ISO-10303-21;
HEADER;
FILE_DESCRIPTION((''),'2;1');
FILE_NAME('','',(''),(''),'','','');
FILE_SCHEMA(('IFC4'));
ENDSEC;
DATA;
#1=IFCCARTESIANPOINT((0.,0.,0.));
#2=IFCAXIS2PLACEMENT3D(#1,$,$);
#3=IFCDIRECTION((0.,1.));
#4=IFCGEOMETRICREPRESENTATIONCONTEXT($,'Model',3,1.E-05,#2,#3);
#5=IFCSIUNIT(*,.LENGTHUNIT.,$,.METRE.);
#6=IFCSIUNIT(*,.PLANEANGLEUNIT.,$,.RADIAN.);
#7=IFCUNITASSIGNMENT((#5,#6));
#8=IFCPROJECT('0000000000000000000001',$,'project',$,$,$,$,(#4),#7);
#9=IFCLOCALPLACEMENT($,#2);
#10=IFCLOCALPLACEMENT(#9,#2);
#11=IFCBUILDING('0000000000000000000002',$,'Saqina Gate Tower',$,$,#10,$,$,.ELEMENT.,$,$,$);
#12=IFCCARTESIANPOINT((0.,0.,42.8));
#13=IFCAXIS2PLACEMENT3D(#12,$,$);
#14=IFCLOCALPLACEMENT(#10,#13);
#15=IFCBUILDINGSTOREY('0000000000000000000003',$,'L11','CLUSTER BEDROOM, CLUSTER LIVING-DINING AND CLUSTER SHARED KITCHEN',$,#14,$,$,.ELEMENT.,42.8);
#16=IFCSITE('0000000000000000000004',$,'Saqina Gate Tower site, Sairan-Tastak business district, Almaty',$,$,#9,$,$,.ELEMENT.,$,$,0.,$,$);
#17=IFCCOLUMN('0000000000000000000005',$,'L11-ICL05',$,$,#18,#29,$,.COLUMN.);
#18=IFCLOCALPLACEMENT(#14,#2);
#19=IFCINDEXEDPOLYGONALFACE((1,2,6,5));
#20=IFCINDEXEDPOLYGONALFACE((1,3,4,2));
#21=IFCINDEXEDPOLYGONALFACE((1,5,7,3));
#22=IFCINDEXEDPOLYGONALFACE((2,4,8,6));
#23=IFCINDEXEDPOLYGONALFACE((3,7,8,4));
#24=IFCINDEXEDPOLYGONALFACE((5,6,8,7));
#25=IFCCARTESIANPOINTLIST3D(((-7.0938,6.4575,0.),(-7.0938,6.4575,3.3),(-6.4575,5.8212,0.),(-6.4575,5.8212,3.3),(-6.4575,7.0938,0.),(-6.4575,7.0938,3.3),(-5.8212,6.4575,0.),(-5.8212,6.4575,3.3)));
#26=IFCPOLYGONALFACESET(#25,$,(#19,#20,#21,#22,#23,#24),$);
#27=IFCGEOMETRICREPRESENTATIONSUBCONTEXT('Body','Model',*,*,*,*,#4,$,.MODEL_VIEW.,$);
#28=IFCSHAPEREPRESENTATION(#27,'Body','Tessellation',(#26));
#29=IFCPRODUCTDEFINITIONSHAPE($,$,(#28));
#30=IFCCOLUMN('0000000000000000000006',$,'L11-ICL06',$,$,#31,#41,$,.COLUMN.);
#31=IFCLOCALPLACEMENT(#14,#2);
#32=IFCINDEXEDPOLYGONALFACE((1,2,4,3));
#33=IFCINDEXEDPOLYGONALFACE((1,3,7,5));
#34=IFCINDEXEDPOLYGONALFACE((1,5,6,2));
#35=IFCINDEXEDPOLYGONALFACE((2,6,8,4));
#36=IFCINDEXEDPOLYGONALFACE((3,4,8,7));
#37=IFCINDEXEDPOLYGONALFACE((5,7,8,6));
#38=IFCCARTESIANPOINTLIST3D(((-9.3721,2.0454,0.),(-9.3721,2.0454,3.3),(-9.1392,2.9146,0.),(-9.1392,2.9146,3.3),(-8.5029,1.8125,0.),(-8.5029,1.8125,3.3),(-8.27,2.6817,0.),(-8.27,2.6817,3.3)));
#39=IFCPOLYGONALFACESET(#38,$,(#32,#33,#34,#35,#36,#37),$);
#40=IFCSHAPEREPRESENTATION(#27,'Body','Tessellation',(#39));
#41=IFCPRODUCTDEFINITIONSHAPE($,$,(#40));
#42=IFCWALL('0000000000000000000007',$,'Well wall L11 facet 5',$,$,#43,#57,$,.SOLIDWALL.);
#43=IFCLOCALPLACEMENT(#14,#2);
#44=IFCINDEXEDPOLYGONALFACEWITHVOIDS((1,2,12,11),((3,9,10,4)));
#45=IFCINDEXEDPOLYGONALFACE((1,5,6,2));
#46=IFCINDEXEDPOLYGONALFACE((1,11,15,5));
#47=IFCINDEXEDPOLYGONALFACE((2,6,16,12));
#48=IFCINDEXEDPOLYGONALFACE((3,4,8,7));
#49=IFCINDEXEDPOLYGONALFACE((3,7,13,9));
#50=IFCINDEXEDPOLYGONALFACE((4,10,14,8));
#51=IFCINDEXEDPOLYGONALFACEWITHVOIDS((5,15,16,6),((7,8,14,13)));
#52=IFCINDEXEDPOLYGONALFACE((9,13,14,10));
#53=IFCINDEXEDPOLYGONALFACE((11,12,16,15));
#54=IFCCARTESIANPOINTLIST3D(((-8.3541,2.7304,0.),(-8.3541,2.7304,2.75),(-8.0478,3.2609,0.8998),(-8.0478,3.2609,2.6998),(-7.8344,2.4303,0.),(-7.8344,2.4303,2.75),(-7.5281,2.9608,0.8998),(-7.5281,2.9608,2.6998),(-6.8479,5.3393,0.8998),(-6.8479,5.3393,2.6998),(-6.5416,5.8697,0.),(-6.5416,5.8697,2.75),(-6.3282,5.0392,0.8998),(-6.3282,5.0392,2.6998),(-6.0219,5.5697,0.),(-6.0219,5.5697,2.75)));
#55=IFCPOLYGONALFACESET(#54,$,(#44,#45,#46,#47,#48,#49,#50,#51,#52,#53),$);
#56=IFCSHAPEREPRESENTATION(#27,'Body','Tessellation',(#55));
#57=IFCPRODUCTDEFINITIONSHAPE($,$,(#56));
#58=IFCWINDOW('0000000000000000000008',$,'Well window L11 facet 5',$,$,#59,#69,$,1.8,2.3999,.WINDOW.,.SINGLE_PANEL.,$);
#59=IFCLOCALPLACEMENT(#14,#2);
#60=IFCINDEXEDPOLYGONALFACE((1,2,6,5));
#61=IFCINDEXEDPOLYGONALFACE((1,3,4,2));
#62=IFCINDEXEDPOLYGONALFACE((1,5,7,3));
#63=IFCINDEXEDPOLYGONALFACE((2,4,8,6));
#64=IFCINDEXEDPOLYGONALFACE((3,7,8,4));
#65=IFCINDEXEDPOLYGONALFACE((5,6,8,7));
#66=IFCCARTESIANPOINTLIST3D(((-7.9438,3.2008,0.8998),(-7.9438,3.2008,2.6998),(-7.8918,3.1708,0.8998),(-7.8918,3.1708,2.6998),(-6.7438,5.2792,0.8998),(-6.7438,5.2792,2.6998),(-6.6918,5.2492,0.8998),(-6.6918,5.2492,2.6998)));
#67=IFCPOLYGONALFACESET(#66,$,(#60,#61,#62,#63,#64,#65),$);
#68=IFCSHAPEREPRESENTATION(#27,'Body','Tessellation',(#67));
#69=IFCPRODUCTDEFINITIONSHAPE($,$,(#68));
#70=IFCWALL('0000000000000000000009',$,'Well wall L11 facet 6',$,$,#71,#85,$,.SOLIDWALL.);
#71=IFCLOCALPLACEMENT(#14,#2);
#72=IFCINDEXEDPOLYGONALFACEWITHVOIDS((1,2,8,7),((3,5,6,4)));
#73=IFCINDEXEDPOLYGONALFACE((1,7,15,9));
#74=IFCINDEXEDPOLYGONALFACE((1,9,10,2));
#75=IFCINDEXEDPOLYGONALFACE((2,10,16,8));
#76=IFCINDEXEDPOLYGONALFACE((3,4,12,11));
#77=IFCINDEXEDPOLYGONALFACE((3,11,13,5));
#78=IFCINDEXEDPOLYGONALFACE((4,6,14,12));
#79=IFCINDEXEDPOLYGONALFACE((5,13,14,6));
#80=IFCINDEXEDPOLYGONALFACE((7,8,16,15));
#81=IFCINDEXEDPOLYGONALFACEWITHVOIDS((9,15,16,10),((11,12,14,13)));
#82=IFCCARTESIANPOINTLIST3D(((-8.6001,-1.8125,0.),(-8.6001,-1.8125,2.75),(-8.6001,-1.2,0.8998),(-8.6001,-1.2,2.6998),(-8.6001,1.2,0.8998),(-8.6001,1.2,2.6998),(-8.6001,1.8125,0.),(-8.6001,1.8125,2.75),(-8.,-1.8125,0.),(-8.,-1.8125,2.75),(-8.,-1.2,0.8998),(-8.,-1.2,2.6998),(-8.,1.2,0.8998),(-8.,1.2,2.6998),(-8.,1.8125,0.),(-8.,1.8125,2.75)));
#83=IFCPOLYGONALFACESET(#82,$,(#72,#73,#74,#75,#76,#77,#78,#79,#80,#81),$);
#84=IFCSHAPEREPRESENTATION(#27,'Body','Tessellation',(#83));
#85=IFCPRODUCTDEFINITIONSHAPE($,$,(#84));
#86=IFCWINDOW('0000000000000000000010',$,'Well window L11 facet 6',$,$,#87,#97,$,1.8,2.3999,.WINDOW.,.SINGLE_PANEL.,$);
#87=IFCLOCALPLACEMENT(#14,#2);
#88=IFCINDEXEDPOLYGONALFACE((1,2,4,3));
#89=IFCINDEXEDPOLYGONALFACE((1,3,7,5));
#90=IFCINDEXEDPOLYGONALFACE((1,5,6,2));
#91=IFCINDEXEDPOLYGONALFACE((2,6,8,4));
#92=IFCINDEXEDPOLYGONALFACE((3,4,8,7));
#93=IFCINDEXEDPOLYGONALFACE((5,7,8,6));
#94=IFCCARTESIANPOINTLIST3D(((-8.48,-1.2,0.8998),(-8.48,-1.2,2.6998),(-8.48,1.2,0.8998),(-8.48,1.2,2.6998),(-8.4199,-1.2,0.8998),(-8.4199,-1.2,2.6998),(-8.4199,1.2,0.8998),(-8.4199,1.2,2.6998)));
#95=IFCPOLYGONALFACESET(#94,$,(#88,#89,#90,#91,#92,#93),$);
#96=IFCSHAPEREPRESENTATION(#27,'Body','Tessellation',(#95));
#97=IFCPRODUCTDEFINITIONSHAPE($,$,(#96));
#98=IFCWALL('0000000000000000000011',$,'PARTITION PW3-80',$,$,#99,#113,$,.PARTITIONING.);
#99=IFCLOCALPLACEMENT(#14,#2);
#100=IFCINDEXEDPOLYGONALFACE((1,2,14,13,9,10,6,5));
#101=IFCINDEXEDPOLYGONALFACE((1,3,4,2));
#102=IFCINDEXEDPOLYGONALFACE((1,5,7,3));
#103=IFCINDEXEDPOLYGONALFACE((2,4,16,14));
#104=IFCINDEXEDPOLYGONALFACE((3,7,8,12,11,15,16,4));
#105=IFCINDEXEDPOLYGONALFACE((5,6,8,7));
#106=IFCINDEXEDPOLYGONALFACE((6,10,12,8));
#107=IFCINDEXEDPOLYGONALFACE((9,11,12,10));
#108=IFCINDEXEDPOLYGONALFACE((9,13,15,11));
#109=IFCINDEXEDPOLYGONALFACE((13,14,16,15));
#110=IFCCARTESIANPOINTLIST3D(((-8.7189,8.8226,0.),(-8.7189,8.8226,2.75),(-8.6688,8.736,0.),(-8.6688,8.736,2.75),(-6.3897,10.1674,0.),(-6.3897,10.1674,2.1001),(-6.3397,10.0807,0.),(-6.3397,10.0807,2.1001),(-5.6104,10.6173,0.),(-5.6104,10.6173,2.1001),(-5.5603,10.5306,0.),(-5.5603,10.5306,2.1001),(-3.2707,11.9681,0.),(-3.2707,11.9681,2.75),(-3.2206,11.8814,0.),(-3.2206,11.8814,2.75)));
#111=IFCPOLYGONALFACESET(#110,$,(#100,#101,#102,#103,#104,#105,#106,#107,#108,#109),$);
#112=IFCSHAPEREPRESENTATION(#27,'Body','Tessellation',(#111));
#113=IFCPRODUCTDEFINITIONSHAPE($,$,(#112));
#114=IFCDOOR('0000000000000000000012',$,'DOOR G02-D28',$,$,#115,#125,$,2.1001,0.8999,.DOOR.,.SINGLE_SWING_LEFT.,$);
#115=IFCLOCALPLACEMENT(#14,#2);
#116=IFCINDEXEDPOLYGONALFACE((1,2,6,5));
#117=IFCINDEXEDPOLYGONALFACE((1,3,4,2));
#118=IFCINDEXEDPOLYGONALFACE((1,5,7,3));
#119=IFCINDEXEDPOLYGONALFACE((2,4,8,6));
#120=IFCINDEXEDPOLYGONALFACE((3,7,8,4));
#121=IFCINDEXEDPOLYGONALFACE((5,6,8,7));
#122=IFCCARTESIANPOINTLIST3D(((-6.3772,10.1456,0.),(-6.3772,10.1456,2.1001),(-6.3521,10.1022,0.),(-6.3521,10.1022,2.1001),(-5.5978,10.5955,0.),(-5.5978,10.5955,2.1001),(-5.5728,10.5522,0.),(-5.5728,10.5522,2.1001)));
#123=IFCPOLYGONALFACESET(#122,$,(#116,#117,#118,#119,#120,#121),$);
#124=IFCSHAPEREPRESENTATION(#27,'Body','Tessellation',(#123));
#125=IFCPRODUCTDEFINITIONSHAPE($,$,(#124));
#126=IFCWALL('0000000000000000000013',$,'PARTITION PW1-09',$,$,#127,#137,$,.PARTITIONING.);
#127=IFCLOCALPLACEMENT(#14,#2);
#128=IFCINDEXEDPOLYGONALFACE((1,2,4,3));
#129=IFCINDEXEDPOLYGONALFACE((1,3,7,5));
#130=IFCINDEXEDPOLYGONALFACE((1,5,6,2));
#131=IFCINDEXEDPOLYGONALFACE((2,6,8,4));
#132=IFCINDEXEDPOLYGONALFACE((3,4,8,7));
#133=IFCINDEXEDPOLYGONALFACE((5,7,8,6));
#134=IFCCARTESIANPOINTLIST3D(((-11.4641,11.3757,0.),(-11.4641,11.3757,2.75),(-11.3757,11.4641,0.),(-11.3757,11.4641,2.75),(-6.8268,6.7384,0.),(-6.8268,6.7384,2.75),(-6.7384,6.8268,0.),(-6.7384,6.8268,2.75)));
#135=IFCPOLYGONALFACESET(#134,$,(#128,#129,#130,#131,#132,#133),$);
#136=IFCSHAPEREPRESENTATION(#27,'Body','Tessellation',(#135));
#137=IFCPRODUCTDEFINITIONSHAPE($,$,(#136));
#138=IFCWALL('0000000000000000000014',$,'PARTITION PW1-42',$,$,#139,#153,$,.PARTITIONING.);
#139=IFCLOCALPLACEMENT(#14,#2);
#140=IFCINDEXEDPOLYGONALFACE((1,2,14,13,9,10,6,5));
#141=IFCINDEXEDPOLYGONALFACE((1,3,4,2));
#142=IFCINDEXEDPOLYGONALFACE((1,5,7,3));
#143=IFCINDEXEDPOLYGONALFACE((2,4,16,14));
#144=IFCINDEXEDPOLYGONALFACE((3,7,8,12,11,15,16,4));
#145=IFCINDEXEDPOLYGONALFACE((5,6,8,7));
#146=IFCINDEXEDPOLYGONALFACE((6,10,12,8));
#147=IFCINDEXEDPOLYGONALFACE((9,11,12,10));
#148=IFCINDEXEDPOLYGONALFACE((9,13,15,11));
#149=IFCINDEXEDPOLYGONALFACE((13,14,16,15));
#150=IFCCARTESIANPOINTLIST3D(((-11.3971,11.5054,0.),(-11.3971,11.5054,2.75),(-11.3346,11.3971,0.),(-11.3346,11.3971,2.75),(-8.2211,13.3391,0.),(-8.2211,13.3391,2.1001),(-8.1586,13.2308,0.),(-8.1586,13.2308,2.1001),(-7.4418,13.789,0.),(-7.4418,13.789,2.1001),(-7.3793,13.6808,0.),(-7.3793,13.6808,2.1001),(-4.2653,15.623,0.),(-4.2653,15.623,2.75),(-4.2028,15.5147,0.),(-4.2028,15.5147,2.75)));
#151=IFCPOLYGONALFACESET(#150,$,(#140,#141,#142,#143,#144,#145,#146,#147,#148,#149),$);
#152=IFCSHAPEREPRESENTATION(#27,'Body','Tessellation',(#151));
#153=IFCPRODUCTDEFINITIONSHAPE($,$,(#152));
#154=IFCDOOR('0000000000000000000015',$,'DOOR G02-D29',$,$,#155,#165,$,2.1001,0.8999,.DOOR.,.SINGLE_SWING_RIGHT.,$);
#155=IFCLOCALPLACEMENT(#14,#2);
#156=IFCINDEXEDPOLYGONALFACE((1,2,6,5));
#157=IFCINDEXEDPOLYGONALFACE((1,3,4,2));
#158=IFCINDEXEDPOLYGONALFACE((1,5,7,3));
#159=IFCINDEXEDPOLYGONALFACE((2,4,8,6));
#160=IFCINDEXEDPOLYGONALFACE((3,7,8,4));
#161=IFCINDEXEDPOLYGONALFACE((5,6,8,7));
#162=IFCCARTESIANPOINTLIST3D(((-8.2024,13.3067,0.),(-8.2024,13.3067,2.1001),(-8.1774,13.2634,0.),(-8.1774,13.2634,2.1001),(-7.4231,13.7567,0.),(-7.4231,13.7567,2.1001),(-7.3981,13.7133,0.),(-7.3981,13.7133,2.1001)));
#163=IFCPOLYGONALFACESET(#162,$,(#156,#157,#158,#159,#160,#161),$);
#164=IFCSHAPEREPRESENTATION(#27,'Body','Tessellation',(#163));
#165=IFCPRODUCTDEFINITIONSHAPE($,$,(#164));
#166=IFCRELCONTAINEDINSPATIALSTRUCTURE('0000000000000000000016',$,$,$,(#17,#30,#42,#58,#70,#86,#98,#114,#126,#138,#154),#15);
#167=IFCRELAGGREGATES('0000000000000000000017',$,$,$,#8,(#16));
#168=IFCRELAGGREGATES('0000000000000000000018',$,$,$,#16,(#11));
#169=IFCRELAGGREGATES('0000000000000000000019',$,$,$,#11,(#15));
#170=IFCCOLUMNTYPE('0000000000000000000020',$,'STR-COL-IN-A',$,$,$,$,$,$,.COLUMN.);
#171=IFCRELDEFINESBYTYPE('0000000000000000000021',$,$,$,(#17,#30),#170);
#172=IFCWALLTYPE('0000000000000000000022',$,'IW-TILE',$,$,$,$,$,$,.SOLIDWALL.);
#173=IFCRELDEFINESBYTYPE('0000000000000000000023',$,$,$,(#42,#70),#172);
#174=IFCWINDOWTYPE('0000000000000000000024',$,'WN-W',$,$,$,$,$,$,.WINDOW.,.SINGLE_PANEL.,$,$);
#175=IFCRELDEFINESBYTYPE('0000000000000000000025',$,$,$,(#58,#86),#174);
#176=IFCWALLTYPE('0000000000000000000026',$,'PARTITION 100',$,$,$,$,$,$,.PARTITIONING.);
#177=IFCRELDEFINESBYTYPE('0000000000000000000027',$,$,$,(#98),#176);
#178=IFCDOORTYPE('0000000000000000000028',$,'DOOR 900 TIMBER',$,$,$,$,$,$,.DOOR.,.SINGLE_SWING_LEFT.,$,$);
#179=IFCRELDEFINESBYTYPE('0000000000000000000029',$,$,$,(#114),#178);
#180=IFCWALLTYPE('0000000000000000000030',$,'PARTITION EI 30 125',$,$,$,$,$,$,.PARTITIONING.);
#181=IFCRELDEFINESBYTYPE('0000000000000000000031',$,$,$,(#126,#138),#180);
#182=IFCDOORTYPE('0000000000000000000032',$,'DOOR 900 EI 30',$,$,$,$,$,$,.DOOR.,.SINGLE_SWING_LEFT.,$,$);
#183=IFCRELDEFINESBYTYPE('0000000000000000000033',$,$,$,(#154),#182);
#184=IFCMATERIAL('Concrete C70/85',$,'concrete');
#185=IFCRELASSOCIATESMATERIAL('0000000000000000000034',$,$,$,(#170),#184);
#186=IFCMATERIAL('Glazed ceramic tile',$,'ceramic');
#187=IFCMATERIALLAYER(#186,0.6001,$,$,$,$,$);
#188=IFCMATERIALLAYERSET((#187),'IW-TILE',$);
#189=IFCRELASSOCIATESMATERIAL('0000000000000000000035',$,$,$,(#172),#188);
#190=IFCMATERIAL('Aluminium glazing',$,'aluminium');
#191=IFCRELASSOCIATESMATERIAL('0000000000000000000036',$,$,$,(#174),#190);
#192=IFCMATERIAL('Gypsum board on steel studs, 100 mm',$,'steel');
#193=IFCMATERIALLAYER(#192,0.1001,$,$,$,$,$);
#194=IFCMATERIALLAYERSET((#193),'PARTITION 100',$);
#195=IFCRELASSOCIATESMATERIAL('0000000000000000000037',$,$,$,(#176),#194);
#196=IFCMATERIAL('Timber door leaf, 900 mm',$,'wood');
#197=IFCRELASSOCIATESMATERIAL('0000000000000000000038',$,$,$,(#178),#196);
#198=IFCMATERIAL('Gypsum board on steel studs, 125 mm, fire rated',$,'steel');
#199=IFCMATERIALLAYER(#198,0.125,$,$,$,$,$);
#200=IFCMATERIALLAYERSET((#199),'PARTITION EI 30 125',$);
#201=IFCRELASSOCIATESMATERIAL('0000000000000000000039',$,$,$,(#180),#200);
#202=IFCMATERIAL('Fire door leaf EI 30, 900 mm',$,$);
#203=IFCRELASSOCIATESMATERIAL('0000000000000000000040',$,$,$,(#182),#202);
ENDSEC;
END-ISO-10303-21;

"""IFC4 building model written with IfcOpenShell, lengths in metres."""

from ifc_helpers import new_model, si_unit, direction, frame, frame_2d, origin, origin_2d, place, context, subcontext, project, spatial, rectangle, extrude, material, layer, layer_set, material_profile, profile_set, type_object, element, fill, save


model = new_model("IFC4")

# Units and contexts
model_context = context("Model", 3, precision=1e-05, world=origin(), true_north=direction((0.0, 1.0)))
body_context = subcontext(model_context, "Body", "Model", "MODEL_VIEW")
ifc_project = project(units=[si_unit("LENGTHUNIT", "METRE"), si_unit("PLANEANGLEUNIT", "RADIAN")], contexts=[model_context])

# Site, building, storey
site_placement = place(None, origin())
site = spatial("IfcSite", under=ifc_project, at=site_placement, Name="Saqina Gate Tower site, Sairan-Tastak business district, Almaty", CompositionType="ELEMENT", RefElevation=0.0)
building_placement = place(site_placement, origin())
building = spatial("IfcBuilding", under=site, at=building_placement, Name="Saqina Gate Tower", CompositionType="ELEMENT")
storey_placement = place(building_placement, frame((0.0, 0.0, 42.8)))
storey = spatial("IfcBuildingStorey", under=building, at=storey_placement, Name="L11", Description="CLUSTER BEDROOM, CLUSTER LIVING-DINING AND CLUSTER SHARED KITCHEN", CompositionType="ELEMENT", Elevation=42.8)

# Columns
ifc_material_1 = material(Name="Concrete C70/85", Category="concrete")
ifc_material_profile = material_profile(ifc_material_1, rectangle(XDim=0.8999, YDim=0.8999, at=origin_2d()), Name="RC 900x900")
ifc_profile_set = profile_set([ifc_material_profile], Name="Concrete C70/85")
column_type = type_object("IfcColumnType", Name="STR-COL-IN-A", PredefinedType="COLUMN", material=ifc_profile_set)
for number, where, z_axis, x_axis, name in (
    (1, (-6.4575, 6.4575, 0.0), (0.0, 0.0, 1.0), (-0.707107, 0.707107, 0.0), "L11-ICL05"),
    (2, (-8.821, 2.3635, 0.0), (0.0, 0.0, 1.0), (-0.965926, 0.258819, 0.0), "L11-ICL06"),
):
    element("IfcColumn", number, at=place(storey_placement, frame(where, z_axis=z_axis, x_axis=x_axis)), inside=storey, type_object=column_type, Name=name, PredefinedType="COLUMN", context=body_context, shape_type="SweptSolid", body=[
        extrude(rectangle(XDim=0.8999, YDim=0.8999, at=origin_2d()), origin(), (0.0, 0.0, 1.0), 3.3),
    ])

# Walls, openings, windows
ifc_material_2 = material(Name="Glazed ceramic tile", Category="ceramic")
ifc_layer_1 = layer(ifc_material_2, 0.6001)
ifc_layer_set_1 = layer_set([ifc_layer_1], Name="IW-TILE")
wall_type_1 = type_object("IfcWallType", Name="IW-TILE", PredefinedType="SOLIDWALL", material=ifc_layer_set_1)
wall_1_placement = place(storey_placement, frame((-6.2817, 5.7197, 0.0), z_axis=(0.0, 0.0, 1.0), x_axis=(-0.499993, -0.86603, 0.0)))
wall_1 = element("IfcWall", 3, at=wall_1_placement, inside=storey, type_object=wall_type_1, Name="Well wall L11 facet 5", PredefinedType="SOLIDWALL", context=body_context, shape_type="SweptSolid", body=[
    extrude(rectangle(XDim=3.625, YDim=0.6001, at=frame_2d((1.8125, 0.0))), origin(), (0.0, 0.0, 1.0), 2.75),
])
opening_1_placement = place(wall_1_placement, frame((0.6125, 0.0, 0.8999)))
opening_1 = element("IfcOpeningElement", 4, at=opening_1_placement, cuts=wall_1, PredefinedType="OPENING", context=body_context, shape_type="SweptSolid", body=[
    extrude(rectangle(XDim=2.3999, YDim=1.8, at=frame_2d((1.2, 0.8999))), frame((0.0, 0.312, 0.0), z_axis=(0.0, -1.0, 0.0), x_axis=(1.0, 0.0, 0.0)), (0.0, 0.0, 1.0), 0.624),
])
ifc_material_3 = material(Name="Aluminium glazing", Category="aluminium")
window_type = type_object("IfcWindowType", Name="WN-W", PartitioningType="SINGLE_PANEL", PredefinedType="WINDOW", material=ifc_material_3)
window_1_placement = place(opening_1_placement, origin())
window_1 = element("IfcWindow", 5, at=window_1_placement, inside=storey, type_object=window_type, Name="Well window L11 facet 5", OverallHeight=1.8, OverallWidth=2.3999, PartitioningType="SINGLE_PANEL", PredefinedType="WINDOW", context=body_context, shape_type="SweptSolid", body=[
    extrude(rectangle(XDim=2.3999, YDim=1.8, at=frame_2d((1.2, 0.8999))), frame((0.0, -0.1199, 0.0), z_axis=(0.0, -1.0, 0.0), x_axis=(1.0, 0.0, 0.0)), (0.0, 0.0, 1.0), 0.0601),
])
fill(opening_1, window_1)
wall_2_placement = place(storey_placement, frame((-8.3, 1.8125, 0.0), z_axis=(0.0, 0.0, 1.0), x_axis=(0.0, -1.0, 0.0)))
wall_2 = element("IfcWall", 6, at=wall_2_placement, inside=storey, type_object=wall_type_1, Name="Well wall L11 facet 6", PredefinedType="SOLIDWALL", context=body_context, shape_type="SweptSolid", body=[
    extrude(rectangle(XDim=3.625, YDim=0.6001, at=frame_2d((1.8125, 0.0))), origin(), (0.0, 0.0, 1.0), 2.75),
])
opening_2_placement = place(wall_2_placement, frame((0.6125, 0.0, 0.8999)))
opening_2 = element("IfcOpeningElement", 7, at=opening_2_placement, cuts=wall_2, PredefinedType="OPENING", context=body_context, shape_type="SweptSolid", body=[
    extrude(rectangle(XDim=2.3999, YDim=1.8, at=frame_2d((1.2, 0.8999))), frame((0.0, 0.312, 0.0), z_axis=(0.0, -1.0, 0.0), x_axis=(1.0, 0.0, 0.0)), (0.0, 0.0, 1.0), 0.624),
])
window_2_placement = place(opening_2_placement, origin())
window_2 = element("IfcWindow", 8, at=window_2_placement, inside=storey, type_object=window_type, Name="Well window L11 facet 6", OverallHeight=1.8, OverallWidth=2.3999, PartitioningType="SINGLE_PANEL", PredefinedType="WINDOW", context=body_context, shape_type="SweptSolid", body=[
    extrude(rectangle(XDim=2.3999, YDim=1.8, at=frame_2d((1.2, 0.8999))), frame((0.0, -0.1199, 0.0), z_axis=(0.0, -1.0, 0.0), x_axis=(1.0, 0.0, 0.0)), (0.0, 0.0, 1.0), 0.0601),
])
fill(opening_2, window_2)

# Wall, opening, door
ifc_material_4 = material(Name="Gypsum board on steel studs, 100 mm", Category="steel")
ifc_layer_2 = layer(ifc_material_4, 0.1001)
ifc_layer_set_2 = layer_set([ifc_layer_2], Name="PARTITION 100")
wall_type_2 = type_object("IfcWallType", Name="PARTITION 100", PredefinedType="PARTITIONING", material=ifc_layer_set_2)
wall_3_placement = place(storey_placement, frame((-8.6938, 8.7793, 0.0), z_axis=(0.0, 0.0, 1.0), x_axis=(0.866028, 0.499996, 0.0)))
wall_3 = element("IfcWall", 9, at=wall_3_placement, inside=storey, type_object=wall_type_2, Name="PARTITION PW3-80", PredefinedType="PARTITIONING", context=body_context, shape_type="SweptSolid", body=[
    extrude(rectangle(XDim=6.291, YDim=0.1001, at=frame_2d((3.1455, 0.0))), origin(), (0.0, 0.0, 1.0), 2.75),
])
opening_3_placement = place(wall_3_placement, frame((2.6895, 0.0, 0.0)))
opening_3 = element("IfcOpeningElement", 10, at=opening_3_placement, cuts=wall_3, PredefinedType="OPENING", context=body_context, shape_type="SweptSolid", body=[
    extrude(rectangle(XDim=0.8999, YDim=2.1001, at=frame_2d((0.45, 1.05))), frame((0.0, 0.062, 0.0), z_axis=(0.0, -1.0, 0.0), x_axis=(1.0, 0.0, 0.0)), (0.0, 0.0, 1.0), 0.124),
])
ifc_material_5 = material(Name="Timber door leaf, 900 mm", Category="wood")
door_type_1 = type_object("IfcDoorType", Name="DOOR 900 TIMBER", OperationType="SINGLE_SWING_LEFT", PredefinedType="DOOR", material=ifc_material_5)
door_1_placement = place(opening_3_placement, origin())
door_1 = element("IfcDoor", 11, at=door_1_placement, inside=storey, type_object=door_type_1, Name="DOOR G02-D28", OperationType="SINGLE_SWING_LEFT", OverallHeight=2.1001, OverallWidth=0.8999, PredefinedType="DOOR", context=body_context, shape_type="SweptSolid", body=[
    extrude(rectangle(XDim=0.8999, YDim=2.1001, at=frame_2d((0.45, 1.05))), frame((0.0, 0.0249, 0.0), z_axis=(0.0, -1.0, 0.0), x_axis=(1.0, 0.0, 0.0)), (0.0, 0.0, 1.0), 0.05),
])
fill(opening_3, door_1)

# Wall
ifc_material_6 = material(Name="Gypsum board on steel studs, 125 mm, fire rated", Category="steel")
ifc_layer_3 = layer(ifc_material_6, 0.125)
ifc_layer_set_3 = layer_set([ifc_layer_3], Name="PARTITION EI 30 125")
wall_type_3 = type_object("IfcWallType", Name="PARTITION EI 30 125", PredefinedType="PARTITIONING", material=ifc_layer_set_3)
wall_4_placement = place(storey_placement, frame((-11.4199, 11.4199, 0.0), z_axis=(0.0, 0.0, 1.0), x_axis=(0.707107, -0.707107, 0.0)))
element("IfcWall", 12, at=wall_4_placement, inside=storey, type_object=wall_type_3, Name="PARTITION PW1-09", PredefinedType="PARTITIONING", context=body_context, shape_type="SweptSolid", body=[
    extrude(rectangle(XDim=6.5581, YDim=0.125, at=frame_2d((3.2791, 0.0))), origin(), (0.0, 0.0, 1.0), 2.75),
])

# Wall, opening, door
wall_5_placement = place(storey_placement, frame((-11.366, 11.4512, 0.0), z_axis=(0.0, 0.0, 1.0), x_axis=(0.86602, 0.50001, 0.0)))
wall_5 = element("IfcWall", 13, at=wall_5_placement, inside=storey, type_object=wall_type_3, Name="PARTITION PW1-42", PredefinedType="PARTITIONING", context=body_context, shape_type="SweptSolid", body=[
    extrude(rectangle(XDim=8.2351, YDim=0.125, at=frame_2d((4.1177, 0.0))), origin(), (0.0, 0.0, 1.0), 2.75),
])
opening_4_placement = place(wall_5_placement, frame((3.6675, 0.0, 0.0)))
opening_4 = element("IfcOpeningElement", 14, at=opening_4_placement, cuts=wall_5, PredefinedType="OPENING", context=body_context, shape_type="SweptSolid", body=[
    extrude(rectangle(XDim=0.8999, YDim=2.1001, at=frame_2d((0.45, 1.05))), frame((0.0, 0.0745, 0.0), z_axis=(0.0, -1.0, 0.0), x_axis=(1.0, 0.0, 0.0)), (0.0, 0.0, 1.0), 0.1489),
])
ifc_material_7 = material(Name="Fire door leaf EI 30, 900 mm")
door_type_2 = type_object("IfcDoorType", Name="DOOR 900 EI 30", OperationType="SINGLE_SWING_LEFT", PredefinedType="DOOR", material=ifc_material_7)
door_2_placement = place(opening_4_placement, frame((0.8999, 0.0, 0.0), z_axis=(0.0, 0.0, 1.0), x_axis=(-1.0, 0.0, 0.0)))
door_2 = element("IfcDoor", 15, at=door_2_placement, inside=storey, type_object=door_type_2, Name="DOOR G02-D29", OperationType="SINGLE_SWING_RIGHT", OverallHeight=2.1001, OverallWidth=0.8999, PredefinedType="DOOR", context=body_context, shape_type="SweptSolid", body=[
    extrude(rectangle(XDim=0.8999, YDim=2.1001, at=frame_2d((0.45, 1.05))), frame((0.0, 0.0249, 0.0), z_axis=(0.0, -1.0, 0.0), x_axis=(1.0, 0.0, 0.0)), (0.0, 0.0, 1.0), 0.05),
])
fill(opening_4, door_2)

save(model, "model.ifc")
